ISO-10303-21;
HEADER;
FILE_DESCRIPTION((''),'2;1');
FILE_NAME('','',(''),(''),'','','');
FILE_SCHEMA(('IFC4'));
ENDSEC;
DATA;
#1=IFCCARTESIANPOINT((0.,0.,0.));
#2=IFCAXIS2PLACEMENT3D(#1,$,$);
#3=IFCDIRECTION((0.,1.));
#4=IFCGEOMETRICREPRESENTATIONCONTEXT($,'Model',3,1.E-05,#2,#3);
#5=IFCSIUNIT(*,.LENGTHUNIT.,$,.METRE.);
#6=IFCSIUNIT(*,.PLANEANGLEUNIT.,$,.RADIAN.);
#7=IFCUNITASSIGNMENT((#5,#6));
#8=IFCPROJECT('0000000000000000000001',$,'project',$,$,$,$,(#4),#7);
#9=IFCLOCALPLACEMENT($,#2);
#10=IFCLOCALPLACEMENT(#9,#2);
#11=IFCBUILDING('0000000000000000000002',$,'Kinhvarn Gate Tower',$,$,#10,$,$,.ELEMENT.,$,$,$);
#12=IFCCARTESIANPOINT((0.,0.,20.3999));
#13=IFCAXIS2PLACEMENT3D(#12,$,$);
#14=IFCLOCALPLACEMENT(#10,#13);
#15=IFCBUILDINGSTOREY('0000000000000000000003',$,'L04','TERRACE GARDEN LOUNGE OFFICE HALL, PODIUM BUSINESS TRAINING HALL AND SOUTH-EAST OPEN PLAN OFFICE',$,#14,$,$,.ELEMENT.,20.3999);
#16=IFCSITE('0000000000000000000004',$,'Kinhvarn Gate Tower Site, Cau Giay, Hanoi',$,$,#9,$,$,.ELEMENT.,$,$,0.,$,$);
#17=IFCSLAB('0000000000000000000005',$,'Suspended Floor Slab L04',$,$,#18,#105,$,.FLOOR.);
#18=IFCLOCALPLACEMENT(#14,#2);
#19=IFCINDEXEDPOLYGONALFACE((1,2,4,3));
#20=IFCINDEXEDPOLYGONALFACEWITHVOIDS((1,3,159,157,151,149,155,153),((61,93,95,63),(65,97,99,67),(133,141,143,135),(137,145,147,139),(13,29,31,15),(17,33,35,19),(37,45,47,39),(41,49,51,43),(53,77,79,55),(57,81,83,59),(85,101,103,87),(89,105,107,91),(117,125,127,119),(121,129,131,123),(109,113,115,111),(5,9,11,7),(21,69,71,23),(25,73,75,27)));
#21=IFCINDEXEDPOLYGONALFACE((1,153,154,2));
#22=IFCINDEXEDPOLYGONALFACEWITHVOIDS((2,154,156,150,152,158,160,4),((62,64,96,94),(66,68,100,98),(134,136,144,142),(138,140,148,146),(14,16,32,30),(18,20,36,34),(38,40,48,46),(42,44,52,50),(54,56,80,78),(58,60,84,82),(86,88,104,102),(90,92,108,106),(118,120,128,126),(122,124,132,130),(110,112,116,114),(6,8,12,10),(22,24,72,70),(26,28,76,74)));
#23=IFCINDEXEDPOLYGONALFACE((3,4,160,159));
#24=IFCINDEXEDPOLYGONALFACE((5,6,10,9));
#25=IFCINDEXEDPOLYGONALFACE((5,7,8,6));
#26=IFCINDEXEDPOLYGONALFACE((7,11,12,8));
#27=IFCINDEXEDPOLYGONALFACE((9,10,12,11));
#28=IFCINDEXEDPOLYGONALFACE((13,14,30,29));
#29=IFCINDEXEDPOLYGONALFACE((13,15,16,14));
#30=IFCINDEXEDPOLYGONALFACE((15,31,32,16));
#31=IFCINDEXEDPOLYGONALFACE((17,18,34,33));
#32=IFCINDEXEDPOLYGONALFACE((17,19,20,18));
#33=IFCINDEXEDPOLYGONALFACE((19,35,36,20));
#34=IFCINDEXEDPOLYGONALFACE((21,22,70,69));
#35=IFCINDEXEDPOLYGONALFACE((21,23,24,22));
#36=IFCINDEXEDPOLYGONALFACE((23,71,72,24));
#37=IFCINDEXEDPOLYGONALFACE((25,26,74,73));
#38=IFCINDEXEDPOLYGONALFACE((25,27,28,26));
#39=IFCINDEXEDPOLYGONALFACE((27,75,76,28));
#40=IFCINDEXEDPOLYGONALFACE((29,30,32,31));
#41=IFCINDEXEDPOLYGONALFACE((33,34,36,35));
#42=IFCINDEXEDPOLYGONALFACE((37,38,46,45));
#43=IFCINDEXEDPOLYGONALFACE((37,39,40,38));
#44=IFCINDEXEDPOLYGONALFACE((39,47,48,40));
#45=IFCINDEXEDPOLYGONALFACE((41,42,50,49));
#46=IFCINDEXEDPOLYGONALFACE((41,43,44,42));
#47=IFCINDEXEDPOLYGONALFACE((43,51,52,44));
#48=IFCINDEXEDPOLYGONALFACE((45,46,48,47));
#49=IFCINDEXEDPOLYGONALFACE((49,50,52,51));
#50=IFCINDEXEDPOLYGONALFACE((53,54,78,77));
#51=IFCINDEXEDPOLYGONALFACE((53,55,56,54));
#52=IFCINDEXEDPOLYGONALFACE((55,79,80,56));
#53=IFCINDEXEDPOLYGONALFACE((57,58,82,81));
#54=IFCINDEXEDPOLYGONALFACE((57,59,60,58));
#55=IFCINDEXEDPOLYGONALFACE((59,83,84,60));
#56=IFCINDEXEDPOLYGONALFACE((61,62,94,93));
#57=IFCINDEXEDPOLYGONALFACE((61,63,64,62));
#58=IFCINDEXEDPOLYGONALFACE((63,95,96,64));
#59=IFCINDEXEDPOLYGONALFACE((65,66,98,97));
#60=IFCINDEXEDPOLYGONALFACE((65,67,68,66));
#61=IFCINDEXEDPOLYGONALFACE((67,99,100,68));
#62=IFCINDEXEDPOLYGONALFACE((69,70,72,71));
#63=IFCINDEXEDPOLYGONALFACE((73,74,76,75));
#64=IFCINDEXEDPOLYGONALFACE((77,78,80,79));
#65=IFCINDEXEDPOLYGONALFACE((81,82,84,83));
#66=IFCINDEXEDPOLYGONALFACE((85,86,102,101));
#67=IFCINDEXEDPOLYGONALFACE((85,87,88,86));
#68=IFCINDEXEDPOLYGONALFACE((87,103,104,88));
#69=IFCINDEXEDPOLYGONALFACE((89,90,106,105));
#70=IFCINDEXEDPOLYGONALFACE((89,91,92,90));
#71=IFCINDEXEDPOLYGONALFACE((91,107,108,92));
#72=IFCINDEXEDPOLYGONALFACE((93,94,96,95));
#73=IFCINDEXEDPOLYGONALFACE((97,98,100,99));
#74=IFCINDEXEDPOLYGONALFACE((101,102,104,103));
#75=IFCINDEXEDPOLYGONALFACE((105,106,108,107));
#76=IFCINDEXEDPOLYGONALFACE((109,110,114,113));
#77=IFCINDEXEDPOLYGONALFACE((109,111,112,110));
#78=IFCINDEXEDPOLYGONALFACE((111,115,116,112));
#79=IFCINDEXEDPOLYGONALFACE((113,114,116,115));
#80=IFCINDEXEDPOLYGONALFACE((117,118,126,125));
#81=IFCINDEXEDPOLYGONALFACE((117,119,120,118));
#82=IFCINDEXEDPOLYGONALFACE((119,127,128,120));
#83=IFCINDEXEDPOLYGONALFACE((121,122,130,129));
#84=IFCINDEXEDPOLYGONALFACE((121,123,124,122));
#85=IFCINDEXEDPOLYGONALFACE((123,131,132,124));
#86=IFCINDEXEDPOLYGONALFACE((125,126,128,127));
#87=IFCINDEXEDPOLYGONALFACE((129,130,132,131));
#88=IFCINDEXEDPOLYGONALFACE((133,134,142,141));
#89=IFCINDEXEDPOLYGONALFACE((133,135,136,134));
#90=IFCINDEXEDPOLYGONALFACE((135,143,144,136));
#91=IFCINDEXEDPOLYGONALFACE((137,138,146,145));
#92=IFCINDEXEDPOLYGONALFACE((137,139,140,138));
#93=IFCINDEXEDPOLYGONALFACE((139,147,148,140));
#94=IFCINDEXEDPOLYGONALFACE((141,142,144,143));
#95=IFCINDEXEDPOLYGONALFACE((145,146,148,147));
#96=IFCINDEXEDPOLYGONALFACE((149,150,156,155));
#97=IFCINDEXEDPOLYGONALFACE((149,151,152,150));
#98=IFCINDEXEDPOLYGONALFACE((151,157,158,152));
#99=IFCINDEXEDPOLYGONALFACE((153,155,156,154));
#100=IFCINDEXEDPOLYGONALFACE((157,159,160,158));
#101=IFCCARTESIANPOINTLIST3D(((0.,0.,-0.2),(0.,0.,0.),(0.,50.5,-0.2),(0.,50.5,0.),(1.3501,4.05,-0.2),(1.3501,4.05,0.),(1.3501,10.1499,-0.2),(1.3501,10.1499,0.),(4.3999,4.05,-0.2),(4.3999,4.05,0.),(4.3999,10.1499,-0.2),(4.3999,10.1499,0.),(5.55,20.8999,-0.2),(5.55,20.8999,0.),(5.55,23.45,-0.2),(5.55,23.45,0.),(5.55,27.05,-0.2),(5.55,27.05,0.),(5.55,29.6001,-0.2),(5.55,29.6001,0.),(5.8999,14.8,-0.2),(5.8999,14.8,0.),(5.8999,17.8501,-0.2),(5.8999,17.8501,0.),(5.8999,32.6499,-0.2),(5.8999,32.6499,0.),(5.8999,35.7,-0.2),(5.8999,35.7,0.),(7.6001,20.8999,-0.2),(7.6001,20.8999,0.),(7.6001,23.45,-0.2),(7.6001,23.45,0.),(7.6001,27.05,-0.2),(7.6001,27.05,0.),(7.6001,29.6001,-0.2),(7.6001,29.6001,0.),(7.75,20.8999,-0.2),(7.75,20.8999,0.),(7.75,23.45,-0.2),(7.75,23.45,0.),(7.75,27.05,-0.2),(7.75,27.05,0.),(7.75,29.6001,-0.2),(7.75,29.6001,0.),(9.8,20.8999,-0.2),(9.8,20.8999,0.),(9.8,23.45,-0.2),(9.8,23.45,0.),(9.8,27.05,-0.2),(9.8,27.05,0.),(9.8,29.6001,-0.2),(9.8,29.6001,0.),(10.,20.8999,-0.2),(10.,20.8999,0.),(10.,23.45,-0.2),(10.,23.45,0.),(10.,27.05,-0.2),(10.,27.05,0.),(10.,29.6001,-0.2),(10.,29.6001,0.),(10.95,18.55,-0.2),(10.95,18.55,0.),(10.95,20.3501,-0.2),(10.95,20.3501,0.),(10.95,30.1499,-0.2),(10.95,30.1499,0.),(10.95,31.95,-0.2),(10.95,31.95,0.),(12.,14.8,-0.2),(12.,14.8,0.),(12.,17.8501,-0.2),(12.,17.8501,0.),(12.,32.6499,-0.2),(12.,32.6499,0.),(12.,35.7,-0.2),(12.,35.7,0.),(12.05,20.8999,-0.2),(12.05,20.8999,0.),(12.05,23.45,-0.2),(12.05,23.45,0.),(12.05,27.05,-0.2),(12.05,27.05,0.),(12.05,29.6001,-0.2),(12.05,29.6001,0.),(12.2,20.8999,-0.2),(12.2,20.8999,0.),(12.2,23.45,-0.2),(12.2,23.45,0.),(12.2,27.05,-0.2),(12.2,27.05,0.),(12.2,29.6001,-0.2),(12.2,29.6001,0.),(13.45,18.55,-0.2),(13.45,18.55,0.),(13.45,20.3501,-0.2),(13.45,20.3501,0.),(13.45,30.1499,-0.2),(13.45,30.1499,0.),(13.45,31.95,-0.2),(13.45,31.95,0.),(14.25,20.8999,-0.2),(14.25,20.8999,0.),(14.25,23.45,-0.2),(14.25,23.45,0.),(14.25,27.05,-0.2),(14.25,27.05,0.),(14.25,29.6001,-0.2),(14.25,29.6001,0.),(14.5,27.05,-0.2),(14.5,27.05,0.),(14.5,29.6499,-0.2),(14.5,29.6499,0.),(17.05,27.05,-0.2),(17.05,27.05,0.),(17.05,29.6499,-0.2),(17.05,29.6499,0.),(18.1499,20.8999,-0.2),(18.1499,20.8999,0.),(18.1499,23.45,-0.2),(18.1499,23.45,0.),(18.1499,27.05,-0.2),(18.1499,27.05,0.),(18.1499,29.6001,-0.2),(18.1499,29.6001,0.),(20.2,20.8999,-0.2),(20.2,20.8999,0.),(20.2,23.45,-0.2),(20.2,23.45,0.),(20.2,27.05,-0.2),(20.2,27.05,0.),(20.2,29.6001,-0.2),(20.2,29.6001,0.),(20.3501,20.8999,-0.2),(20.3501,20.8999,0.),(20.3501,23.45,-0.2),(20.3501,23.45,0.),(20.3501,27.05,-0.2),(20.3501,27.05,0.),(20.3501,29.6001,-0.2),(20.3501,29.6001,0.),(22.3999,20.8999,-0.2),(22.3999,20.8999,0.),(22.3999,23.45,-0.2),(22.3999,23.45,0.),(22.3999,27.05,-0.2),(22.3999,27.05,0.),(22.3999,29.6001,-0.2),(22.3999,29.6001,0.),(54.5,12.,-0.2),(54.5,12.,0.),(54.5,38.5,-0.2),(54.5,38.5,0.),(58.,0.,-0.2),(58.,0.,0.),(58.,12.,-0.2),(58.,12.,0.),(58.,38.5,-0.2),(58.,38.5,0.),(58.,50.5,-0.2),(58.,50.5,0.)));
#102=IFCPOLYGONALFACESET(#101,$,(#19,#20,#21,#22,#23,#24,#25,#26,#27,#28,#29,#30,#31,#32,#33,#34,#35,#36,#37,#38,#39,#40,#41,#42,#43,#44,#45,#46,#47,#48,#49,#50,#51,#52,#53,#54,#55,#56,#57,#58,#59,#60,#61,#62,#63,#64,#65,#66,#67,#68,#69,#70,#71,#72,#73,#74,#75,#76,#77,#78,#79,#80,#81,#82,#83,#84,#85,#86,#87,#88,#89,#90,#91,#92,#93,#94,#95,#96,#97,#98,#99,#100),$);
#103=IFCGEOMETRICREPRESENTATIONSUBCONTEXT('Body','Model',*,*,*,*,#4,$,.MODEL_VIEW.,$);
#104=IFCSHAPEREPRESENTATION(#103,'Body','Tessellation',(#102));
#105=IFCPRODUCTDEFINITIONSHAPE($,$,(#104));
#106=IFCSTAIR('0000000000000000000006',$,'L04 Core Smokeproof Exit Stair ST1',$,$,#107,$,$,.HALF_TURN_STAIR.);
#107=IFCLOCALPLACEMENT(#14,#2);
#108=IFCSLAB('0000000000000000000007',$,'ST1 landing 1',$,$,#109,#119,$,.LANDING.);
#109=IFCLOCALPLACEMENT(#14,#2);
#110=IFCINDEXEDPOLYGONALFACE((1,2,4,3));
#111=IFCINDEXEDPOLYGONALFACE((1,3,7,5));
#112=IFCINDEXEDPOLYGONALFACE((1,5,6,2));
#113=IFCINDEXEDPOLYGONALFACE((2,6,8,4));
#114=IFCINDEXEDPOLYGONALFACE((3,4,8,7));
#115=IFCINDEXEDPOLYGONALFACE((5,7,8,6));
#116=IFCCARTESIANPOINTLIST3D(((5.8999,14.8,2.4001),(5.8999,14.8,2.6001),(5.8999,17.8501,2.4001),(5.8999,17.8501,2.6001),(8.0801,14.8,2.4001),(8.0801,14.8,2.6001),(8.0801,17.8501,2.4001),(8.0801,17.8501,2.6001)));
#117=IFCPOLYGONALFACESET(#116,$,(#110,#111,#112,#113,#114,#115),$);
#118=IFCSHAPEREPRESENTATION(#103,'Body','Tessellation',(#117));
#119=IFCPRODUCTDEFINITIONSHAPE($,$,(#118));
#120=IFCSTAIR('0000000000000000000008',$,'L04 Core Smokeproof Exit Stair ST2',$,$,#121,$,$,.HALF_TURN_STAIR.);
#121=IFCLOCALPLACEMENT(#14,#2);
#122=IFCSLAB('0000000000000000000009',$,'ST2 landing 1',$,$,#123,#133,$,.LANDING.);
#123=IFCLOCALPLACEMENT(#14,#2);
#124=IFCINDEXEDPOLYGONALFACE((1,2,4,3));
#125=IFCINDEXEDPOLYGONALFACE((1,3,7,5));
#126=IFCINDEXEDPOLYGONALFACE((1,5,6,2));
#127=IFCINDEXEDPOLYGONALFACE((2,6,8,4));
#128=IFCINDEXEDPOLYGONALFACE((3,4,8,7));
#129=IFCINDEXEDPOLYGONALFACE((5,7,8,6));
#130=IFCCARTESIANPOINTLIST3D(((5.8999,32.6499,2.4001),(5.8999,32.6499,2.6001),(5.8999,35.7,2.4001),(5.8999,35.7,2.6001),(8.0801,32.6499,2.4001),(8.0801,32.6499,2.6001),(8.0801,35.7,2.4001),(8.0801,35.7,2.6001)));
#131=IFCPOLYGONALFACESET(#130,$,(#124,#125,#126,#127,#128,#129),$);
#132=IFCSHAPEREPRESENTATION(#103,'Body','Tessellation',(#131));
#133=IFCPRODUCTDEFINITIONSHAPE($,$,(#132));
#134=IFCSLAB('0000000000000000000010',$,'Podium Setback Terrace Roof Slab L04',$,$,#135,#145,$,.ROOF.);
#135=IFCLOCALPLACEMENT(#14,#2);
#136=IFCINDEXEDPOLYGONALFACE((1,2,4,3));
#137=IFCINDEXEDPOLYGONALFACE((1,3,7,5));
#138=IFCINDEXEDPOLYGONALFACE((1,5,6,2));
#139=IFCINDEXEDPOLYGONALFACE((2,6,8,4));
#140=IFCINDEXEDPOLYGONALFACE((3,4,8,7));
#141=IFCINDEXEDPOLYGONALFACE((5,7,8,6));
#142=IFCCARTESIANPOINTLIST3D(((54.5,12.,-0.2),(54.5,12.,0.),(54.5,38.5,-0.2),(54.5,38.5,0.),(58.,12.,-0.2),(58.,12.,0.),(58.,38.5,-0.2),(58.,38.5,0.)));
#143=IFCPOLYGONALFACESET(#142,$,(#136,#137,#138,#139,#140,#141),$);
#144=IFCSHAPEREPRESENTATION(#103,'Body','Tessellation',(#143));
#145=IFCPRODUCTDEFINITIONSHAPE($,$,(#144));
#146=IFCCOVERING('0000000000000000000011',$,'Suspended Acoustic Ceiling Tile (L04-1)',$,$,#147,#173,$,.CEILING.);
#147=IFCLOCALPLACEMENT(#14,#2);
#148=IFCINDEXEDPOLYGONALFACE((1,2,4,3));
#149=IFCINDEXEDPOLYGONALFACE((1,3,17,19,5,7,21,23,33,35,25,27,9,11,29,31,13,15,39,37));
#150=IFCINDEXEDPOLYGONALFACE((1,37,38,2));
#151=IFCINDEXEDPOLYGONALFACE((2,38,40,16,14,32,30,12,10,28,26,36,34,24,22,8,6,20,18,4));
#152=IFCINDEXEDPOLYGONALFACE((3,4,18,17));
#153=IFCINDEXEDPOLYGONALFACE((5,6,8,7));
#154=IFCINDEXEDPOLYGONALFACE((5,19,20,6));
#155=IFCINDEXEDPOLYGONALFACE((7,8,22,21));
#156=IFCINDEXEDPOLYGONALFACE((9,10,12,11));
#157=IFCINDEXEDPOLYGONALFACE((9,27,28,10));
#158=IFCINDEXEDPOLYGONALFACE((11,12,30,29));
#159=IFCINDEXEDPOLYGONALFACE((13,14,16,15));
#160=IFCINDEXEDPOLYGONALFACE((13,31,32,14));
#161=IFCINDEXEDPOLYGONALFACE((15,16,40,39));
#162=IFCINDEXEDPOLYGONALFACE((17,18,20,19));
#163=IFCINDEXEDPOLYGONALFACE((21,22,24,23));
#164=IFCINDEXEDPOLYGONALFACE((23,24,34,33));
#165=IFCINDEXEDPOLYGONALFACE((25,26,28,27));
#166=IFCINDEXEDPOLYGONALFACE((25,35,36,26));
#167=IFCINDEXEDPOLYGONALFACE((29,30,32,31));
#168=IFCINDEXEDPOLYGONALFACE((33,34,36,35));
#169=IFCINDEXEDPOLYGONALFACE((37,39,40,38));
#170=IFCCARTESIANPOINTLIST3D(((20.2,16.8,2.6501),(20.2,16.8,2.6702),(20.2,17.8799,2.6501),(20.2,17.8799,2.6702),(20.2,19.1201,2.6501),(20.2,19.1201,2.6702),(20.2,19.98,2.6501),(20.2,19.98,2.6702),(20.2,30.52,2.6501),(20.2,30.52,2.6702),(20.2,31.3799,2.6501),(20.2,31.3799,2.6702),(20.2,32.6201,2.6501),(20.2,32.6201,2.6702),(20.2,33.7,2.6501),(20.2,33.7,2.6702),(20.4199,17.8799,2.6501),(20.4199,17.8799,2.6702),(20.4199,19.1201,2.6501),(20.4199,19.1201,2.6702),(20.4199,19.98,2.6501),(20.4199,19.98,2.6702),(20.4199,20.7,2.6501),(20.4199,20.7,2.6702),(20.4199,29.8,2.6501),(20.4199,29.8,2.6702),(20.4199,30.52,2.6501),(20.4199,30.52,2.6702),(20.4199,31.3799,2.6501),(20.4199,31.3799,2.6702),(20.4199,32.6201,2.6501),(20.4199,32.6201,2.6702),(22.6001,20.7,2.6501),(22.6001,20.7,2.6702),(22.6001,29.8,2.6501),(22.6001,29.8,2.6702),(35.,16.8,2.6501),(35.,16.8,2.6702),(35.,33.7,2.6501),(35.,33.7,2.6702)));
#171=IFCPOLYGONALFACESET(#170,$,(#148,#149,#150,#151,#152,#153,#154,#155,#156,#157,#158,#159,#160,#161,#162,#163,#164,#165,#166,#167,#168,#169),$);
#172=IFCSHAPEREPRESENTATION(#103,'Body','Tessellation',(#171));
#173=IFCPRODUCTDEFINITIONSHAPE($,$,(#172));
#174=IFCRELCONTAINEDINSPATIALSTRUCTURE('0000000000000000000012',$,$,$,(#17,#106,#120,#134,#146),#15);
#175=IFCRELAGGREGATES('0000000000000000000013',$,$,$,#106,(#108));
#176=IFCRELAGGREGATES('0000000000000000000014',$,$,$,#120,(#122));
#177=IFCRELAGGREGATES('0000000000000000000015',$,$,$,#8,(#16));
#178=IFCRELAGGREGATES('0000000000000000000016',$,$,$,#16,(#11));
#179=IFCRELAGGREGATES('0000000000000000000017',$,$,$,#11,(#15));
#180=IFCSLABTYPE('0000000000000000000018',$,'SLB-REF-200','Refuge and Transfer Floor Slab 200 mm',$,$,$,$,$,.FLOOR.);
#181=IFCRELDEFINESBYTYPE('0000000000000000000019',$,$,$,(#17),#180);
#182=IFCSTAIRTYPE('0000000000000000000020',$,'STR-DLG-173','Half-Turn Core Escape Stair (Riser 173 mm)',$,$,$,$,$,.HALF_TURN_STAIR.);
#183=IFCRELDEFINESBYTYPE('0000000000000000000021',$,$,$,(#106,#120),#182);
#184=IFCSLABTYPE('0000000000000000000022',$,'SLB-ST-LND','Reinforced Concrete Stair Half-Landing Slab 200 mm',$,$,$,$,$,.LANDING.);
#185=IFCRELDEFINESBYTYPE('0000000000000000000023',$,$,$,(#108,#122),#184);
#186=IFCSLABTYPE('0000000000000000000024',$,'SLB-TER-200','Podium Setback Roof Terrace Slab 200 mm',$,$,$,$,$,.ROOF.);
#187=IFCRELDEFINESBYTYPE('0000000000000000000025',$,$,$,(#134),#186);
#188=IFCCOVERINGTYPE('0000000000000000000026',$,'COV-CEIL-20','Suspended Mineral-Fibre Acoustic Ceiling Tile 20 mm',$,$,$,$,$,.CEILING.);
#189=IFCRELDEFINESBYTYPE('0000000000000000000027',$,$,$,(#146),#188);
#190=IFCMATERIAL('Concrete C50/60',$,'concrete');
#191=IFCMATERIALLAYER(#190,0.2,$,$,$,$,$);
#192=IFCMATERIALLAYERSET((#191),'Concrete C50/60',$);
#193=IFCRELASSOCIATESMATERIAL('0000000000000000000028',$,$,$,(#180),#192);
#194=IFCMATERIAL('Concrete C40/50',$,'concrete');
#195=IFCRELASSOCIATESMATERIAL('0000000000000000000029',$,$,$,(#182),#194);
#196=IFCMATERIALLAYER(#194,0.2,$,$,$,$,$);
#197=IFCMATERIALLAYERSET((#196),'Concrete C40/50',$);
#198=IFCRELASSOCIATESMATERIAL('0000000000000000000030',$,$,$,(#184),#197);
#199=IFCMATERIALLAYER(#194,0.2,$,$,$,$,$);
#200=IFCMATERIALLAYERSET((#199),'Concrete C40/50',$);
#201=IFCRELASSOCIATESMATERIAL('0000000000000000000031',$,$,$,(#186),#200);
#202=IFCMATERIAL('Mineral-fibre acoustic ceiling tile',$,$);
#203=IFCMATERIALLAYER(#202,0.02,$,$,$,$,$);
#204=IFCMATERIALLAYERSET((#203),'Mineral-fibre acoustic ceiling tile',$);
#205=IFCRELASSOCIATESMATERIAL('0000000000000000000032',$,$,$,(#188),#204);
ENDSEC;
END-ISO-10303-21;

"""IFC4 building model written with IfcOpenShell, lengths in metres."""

from ifc_helpers import new_model, si_unit, direction, frame, origin, place, context, subcontext, project, spatial, polyline, outline, extrude, material, layer, layer_set, type_object, element, aggregate, save


model = new_model("IFC4")

# Units and contexts
model_context = context("Model", 3, precision=1e-05, world=origin(), true_north=direction((0.0, 1.0)))
body_context = subcontext(model_context, "Body", "Model", "MODEL_VIEW")
ifc_project = project(units=[si_unit("LENGTHUNIT", "METRE"), si_unit("PLANEANGLEUNIT", "RADIAN")], contexts=[model_context])

# Site, building, storey
site_placement = place(None, origin())
site = spatial("IfcSite", under=ifc_project, at=site_placement, Name="Kinhvarn Gate Tower Site, Cau Giay, Hanoi", CompositionType="ELEMENT", RefElevation=0.0)
building_placement = place(site_placement, origin())
building = spatial("IfcBuilding", under=site, at=building_placement, Name="Kinhvarn Gate Tower", CompositionType="ELEMENT")
storey_placement = place(building_placement, frame((0.0, 0.0, 20.3999)))
storey = spatial("IfcBuildingStorey", under=building, at=storey_placement, Name="L04", Description="TERRACE GARDEN LOUNGE OFFICE HALL, PODIUM BUSINESS TRAINING HALL AND SOUTH-EAST OPEN PLAN OFFICE", CompositionType="ELEMENT", Elevation=20.3999)

# Slab
ifc_material_1 = material(Name="Concrete C50/60", Category="concrete")
ifc_layer_1 = layer(ifc_material_1, 0.2)
ifc_layer_set_1 = layer_set([ifc_layer_1], Name="Concrete C50/60")
slab_type_1 = type_object("IfcSlabType", Name="SLB-REF-200", Description="Refuge and Transfer Floor Slab 200 mm", PredefinedType="FLOOR", material=ifc_layer_set_1)
slab_1_placement = place(storey_placement, frame((0.0, 0.0, -0.2)))
element("IfcSlab", 1, at=slab_1_placement, inside=storey, type_object=slab_type_1, Name="Suspended Floor Slab L04", PredefinedType="FLOOR", context=body_context, shape_type="SweptSolid", body=[
    extrude(outline(polyline([(0.0, 0.0), (58.0, 0.0), (58.0, 12.0), (54.5, 12.0), (54.5, 38.5), (58.0, 38.5), (58.0, 50.5), (0.0, 50.5), (0.0, 0.0)]), holes=[polyline([(5.8999, 14.8), (12.0, 14.8), (12.0, 17.8501), (5.8999, 17.8501), (5.8999, 14.8)]), polyline([(5.8999, 32.6499), (12.0, 32.6499), (12.0, 35.7), (5.8999, 35.7), (5.8999, 32.6499)]), polyline([(1.3501, 4.05), (4.3999, 4.05), (4.3999, 10.1499), (1.3501, 10.1499), (1.3501, 4.05)]), polyline([(18.1499, 20.8999), (20.2, 20.8999), (20.2, 23.45), (18.1499, 23.45), (18.1499, 20.8999)]), polyline([(20.3501, 20.8999), (22.3999, 20.8999), (22.3999, 23.45), (20.3501, 23.45), (20.3501, 20.8999)]), polyline([(18.1499, 27.05), (20.2, 27.05), (20.2, 29.6001), (18.1499, 29.6001), (18.1499, 27.05)]), polyline([(20.3501, 27.05), (22.3999, 27.05), (22.3999, 29.6001), (20.3501, 29.6001), (20.3501, 27.05)]), polyline([(5.55, 20.8999), (7.6001, 20.8999), (7.6001, 23.45), (5.55, 23.45), (5.55, 20.8999)]), polyline([(7.75, 20.8999), (9.8, 20.8999), (9.8, 23.45), (7.75, 23.45), (7.75, 20.8999)]), polyline([(5.55, 27.05), (7.6001, 27.05), (7.6001, 29.6001), (5.55, 29.6001), (5.55, 27.05)]), polyline([(7.75, 27.05), (9.8, 27.05), (9.8, 29.6001), (7.75, 29.6001), (7.75, 27.05)]), polyline([(10.0, 20.8999), (12.05, 20.8999), (12.05, 23.45), (10.0, 23.45), (10.0, 20.8999)]), polyline([(12.2, 20.8999), (14.25, 20.8999), (14.25, 23.45), (12.2, 23.45), (12.2, 20.8999)]), polyline([(10.0, 27.05), (12.05, 27.05), (12.05, 29.6001), (10.0, 29.6001), (10.0, 27.05)]), polyline([(12.2, 27.05), (14.25, 27.05), (14.25, 29.6001), (12.2, 29.6001), (12.2, 27.05)]), polyline([(14.5, 27.05), (17.05, 27.05), (17.05, 29.6499), (14.5, 29.6499), (14.5, 27.05)]), polyline([(10.95, 18.55), (13.45, 18.55), (13.45, 20.3501), (10.95, 20.3501), (10.95, 18.55)]), polyline([(10.95, 30.1499), (13.45, 30.1499), (13.45, 31.95), (10.95, 31.95), (10.95, 30.1499)])]), origin(), (0.0, 0.0, 1.0), 0.2),
])

# Stairs, slabs
ifc_material_2 = material(Name="Concrete C40/50", Category="concrete")
stair_type = type_object("IfcStairType", Name="STR-DLG-173", Description="Half-Turn Core Escape Stair (Riser 173 mm)", PredefinedType="HALF_TURN_STAIR", material=ifc_material_2)
stair_1_placement = place(storey_placement, origin())
stair_1 = element("IfcStair", 2, at=stair_1_placement, inside=storey, type_object=stair_type, Name="L04 Core Smokeproof Exit Stair ST1", PredefinedType="HALF_TURN_STAIR")
ifc_layer_2 = layer(ifc_material_2, 0.2)
ifc_layer_set_2 = layer_set([ifc_layer_2], Name="Concrete C40/50")
slab_type_2 = type_object("IfcSlabType", Name="SLB-ST-LND", Description="Reinforced Concrete Stair Half-Landing Slab 200 mm", PredefinedType="LANDING", material=ifc_layer_set_2)
slab_2_placement = place(storey_placement, frame((0.0, 0.0, 2.4001)))
slab_2 = element("IfcSlab", 3, at=slab_2_placement, type_object=slab_type_2, Name="ST1 landing 1", PredefinedType="LANDING", context=body_context, shape_type="SweptSolid", body=[
    extrude(outline(polyline([(8.0801, 17.8501), (5.8999, 17.8501), (5.8999, 14.8), (8.0801, 14.8), (8.0801, 17.8501)])), origin(), (0.0, 0.0, 1.0), 0.2),
])
aggregate(stair_1, [slab_2])
stair_2_placement = place(storey_placement, origin())
stair_2 = element("IfcStair", 4, at=stair_2_placement, inside=storey, type_object=stair_type, Name="L04 Core Smokeproof Exit Stair ST2", PredefinedType="HALF_TURN_STAIR")
slab_3_placement = place(storey_placement, frame((0.0, 0.0, 2.4001)))
slab_3 = element("IfcSlab", 5, at=slab_3_placement, type_object=slab_type_2, Name="ST2 landing 1", PredefinedType="LANDING", context=body_context, shape_type="SweptSolid", body=[
    extrude(outline(polyline([(8.0801, 35.7), (5.8999, 35.7), (5.8999, 32.6499), (8.0801, 32.6499), (8.0801, 35.7)])), origin(), (0.0, 0.0, 1.0), 0.2),
])
aggregate(stair_2, [slab_3])

# Slab
ifc_layer_3 = layer(ifc_material_2, 0.2)
ifc_layer_set_3 = layer_set([ifc_layer_3], Name="Concrete C40/50")
slab_type_3 = type_object("IfcSlabType", Name="SLB-TER-200", Description="Podium Setback Roof Terrace Slab 200 mm", PredefinedType="ROOF", material=ifc_layer_set_3)
slab_4_placement = place(storey_placement, frame((0.0, 0.0, -0.2)))
element("IfcSlab", 6, at=slab_4_placement, inside=storey, type_object=slab_type_3, Name="Podium Setback Terrace Roof Slab L04", PredefinedType="ROOF", context=body_context, shape_type="SweptSolid", body=[
    extrude(outline(polyline([(54.5, 12.0), (58.0, 12.0), (58.0, 38.5), (54.5, 38.5), (54.5, 12.0)])), origin(), (0.0, 0.0, 1.0), 0.2),
])

# Covering
ifc_material_3 = material(Name="Mineral-fibre acoustic ceiling tile")
ifc_layer_4 = layer(ifc_material_3, 0.02)
ifc_layer_set_4 = layer_set([ifc_layer_4], Name="Mineral-fibre acoustic ceiling tile")
covering_type_1 = type_object("IfcCoveringType", Name="COV-CEIL-20", Description="Suspended Mineral-Fibre Acoustic Ceiling Tile 20 mm", PredefinedType="CEILING", material=ifc_layer_set_4)
covering_1_placement = place(storey_placement, frame((0.0, 0.0, 2.6501)))
element("IfcCovering", 7, at=covering_1_placement, inside=storey, type_object=covering_type_1, Name="Suspended Acoustic Ceiling Tile (L04-1)", PredefinedType="CEILING", context=body_context, shape_type="SweptSolid", body=[
    extrude(outline(polyline([(35.0, 33.7), (35.0, 16.8), (20.2, 16.8), (20.2, 17.8799), (20.4199, 17.8799), (20.4199, 19.1201), (20.2, 19.1201), (20.2, 19.98), (20.4199, 19.98), (20.4199, 20.7), (22.6001, 20.7), (22.6001, 29.8), (20.4199, 29.8), (20.4199, 30.52), (20.2, 30.52), (20.2, 31.3799), (20.4199, 31.3799), (20.4199, 32.6201), (20.2, 32.6201), (20.2, 33.7), (35.0, 33.7)])), origin(), (0.0, 0.0, 1.0), 0.02),
])

save(model, "model.ifc")
